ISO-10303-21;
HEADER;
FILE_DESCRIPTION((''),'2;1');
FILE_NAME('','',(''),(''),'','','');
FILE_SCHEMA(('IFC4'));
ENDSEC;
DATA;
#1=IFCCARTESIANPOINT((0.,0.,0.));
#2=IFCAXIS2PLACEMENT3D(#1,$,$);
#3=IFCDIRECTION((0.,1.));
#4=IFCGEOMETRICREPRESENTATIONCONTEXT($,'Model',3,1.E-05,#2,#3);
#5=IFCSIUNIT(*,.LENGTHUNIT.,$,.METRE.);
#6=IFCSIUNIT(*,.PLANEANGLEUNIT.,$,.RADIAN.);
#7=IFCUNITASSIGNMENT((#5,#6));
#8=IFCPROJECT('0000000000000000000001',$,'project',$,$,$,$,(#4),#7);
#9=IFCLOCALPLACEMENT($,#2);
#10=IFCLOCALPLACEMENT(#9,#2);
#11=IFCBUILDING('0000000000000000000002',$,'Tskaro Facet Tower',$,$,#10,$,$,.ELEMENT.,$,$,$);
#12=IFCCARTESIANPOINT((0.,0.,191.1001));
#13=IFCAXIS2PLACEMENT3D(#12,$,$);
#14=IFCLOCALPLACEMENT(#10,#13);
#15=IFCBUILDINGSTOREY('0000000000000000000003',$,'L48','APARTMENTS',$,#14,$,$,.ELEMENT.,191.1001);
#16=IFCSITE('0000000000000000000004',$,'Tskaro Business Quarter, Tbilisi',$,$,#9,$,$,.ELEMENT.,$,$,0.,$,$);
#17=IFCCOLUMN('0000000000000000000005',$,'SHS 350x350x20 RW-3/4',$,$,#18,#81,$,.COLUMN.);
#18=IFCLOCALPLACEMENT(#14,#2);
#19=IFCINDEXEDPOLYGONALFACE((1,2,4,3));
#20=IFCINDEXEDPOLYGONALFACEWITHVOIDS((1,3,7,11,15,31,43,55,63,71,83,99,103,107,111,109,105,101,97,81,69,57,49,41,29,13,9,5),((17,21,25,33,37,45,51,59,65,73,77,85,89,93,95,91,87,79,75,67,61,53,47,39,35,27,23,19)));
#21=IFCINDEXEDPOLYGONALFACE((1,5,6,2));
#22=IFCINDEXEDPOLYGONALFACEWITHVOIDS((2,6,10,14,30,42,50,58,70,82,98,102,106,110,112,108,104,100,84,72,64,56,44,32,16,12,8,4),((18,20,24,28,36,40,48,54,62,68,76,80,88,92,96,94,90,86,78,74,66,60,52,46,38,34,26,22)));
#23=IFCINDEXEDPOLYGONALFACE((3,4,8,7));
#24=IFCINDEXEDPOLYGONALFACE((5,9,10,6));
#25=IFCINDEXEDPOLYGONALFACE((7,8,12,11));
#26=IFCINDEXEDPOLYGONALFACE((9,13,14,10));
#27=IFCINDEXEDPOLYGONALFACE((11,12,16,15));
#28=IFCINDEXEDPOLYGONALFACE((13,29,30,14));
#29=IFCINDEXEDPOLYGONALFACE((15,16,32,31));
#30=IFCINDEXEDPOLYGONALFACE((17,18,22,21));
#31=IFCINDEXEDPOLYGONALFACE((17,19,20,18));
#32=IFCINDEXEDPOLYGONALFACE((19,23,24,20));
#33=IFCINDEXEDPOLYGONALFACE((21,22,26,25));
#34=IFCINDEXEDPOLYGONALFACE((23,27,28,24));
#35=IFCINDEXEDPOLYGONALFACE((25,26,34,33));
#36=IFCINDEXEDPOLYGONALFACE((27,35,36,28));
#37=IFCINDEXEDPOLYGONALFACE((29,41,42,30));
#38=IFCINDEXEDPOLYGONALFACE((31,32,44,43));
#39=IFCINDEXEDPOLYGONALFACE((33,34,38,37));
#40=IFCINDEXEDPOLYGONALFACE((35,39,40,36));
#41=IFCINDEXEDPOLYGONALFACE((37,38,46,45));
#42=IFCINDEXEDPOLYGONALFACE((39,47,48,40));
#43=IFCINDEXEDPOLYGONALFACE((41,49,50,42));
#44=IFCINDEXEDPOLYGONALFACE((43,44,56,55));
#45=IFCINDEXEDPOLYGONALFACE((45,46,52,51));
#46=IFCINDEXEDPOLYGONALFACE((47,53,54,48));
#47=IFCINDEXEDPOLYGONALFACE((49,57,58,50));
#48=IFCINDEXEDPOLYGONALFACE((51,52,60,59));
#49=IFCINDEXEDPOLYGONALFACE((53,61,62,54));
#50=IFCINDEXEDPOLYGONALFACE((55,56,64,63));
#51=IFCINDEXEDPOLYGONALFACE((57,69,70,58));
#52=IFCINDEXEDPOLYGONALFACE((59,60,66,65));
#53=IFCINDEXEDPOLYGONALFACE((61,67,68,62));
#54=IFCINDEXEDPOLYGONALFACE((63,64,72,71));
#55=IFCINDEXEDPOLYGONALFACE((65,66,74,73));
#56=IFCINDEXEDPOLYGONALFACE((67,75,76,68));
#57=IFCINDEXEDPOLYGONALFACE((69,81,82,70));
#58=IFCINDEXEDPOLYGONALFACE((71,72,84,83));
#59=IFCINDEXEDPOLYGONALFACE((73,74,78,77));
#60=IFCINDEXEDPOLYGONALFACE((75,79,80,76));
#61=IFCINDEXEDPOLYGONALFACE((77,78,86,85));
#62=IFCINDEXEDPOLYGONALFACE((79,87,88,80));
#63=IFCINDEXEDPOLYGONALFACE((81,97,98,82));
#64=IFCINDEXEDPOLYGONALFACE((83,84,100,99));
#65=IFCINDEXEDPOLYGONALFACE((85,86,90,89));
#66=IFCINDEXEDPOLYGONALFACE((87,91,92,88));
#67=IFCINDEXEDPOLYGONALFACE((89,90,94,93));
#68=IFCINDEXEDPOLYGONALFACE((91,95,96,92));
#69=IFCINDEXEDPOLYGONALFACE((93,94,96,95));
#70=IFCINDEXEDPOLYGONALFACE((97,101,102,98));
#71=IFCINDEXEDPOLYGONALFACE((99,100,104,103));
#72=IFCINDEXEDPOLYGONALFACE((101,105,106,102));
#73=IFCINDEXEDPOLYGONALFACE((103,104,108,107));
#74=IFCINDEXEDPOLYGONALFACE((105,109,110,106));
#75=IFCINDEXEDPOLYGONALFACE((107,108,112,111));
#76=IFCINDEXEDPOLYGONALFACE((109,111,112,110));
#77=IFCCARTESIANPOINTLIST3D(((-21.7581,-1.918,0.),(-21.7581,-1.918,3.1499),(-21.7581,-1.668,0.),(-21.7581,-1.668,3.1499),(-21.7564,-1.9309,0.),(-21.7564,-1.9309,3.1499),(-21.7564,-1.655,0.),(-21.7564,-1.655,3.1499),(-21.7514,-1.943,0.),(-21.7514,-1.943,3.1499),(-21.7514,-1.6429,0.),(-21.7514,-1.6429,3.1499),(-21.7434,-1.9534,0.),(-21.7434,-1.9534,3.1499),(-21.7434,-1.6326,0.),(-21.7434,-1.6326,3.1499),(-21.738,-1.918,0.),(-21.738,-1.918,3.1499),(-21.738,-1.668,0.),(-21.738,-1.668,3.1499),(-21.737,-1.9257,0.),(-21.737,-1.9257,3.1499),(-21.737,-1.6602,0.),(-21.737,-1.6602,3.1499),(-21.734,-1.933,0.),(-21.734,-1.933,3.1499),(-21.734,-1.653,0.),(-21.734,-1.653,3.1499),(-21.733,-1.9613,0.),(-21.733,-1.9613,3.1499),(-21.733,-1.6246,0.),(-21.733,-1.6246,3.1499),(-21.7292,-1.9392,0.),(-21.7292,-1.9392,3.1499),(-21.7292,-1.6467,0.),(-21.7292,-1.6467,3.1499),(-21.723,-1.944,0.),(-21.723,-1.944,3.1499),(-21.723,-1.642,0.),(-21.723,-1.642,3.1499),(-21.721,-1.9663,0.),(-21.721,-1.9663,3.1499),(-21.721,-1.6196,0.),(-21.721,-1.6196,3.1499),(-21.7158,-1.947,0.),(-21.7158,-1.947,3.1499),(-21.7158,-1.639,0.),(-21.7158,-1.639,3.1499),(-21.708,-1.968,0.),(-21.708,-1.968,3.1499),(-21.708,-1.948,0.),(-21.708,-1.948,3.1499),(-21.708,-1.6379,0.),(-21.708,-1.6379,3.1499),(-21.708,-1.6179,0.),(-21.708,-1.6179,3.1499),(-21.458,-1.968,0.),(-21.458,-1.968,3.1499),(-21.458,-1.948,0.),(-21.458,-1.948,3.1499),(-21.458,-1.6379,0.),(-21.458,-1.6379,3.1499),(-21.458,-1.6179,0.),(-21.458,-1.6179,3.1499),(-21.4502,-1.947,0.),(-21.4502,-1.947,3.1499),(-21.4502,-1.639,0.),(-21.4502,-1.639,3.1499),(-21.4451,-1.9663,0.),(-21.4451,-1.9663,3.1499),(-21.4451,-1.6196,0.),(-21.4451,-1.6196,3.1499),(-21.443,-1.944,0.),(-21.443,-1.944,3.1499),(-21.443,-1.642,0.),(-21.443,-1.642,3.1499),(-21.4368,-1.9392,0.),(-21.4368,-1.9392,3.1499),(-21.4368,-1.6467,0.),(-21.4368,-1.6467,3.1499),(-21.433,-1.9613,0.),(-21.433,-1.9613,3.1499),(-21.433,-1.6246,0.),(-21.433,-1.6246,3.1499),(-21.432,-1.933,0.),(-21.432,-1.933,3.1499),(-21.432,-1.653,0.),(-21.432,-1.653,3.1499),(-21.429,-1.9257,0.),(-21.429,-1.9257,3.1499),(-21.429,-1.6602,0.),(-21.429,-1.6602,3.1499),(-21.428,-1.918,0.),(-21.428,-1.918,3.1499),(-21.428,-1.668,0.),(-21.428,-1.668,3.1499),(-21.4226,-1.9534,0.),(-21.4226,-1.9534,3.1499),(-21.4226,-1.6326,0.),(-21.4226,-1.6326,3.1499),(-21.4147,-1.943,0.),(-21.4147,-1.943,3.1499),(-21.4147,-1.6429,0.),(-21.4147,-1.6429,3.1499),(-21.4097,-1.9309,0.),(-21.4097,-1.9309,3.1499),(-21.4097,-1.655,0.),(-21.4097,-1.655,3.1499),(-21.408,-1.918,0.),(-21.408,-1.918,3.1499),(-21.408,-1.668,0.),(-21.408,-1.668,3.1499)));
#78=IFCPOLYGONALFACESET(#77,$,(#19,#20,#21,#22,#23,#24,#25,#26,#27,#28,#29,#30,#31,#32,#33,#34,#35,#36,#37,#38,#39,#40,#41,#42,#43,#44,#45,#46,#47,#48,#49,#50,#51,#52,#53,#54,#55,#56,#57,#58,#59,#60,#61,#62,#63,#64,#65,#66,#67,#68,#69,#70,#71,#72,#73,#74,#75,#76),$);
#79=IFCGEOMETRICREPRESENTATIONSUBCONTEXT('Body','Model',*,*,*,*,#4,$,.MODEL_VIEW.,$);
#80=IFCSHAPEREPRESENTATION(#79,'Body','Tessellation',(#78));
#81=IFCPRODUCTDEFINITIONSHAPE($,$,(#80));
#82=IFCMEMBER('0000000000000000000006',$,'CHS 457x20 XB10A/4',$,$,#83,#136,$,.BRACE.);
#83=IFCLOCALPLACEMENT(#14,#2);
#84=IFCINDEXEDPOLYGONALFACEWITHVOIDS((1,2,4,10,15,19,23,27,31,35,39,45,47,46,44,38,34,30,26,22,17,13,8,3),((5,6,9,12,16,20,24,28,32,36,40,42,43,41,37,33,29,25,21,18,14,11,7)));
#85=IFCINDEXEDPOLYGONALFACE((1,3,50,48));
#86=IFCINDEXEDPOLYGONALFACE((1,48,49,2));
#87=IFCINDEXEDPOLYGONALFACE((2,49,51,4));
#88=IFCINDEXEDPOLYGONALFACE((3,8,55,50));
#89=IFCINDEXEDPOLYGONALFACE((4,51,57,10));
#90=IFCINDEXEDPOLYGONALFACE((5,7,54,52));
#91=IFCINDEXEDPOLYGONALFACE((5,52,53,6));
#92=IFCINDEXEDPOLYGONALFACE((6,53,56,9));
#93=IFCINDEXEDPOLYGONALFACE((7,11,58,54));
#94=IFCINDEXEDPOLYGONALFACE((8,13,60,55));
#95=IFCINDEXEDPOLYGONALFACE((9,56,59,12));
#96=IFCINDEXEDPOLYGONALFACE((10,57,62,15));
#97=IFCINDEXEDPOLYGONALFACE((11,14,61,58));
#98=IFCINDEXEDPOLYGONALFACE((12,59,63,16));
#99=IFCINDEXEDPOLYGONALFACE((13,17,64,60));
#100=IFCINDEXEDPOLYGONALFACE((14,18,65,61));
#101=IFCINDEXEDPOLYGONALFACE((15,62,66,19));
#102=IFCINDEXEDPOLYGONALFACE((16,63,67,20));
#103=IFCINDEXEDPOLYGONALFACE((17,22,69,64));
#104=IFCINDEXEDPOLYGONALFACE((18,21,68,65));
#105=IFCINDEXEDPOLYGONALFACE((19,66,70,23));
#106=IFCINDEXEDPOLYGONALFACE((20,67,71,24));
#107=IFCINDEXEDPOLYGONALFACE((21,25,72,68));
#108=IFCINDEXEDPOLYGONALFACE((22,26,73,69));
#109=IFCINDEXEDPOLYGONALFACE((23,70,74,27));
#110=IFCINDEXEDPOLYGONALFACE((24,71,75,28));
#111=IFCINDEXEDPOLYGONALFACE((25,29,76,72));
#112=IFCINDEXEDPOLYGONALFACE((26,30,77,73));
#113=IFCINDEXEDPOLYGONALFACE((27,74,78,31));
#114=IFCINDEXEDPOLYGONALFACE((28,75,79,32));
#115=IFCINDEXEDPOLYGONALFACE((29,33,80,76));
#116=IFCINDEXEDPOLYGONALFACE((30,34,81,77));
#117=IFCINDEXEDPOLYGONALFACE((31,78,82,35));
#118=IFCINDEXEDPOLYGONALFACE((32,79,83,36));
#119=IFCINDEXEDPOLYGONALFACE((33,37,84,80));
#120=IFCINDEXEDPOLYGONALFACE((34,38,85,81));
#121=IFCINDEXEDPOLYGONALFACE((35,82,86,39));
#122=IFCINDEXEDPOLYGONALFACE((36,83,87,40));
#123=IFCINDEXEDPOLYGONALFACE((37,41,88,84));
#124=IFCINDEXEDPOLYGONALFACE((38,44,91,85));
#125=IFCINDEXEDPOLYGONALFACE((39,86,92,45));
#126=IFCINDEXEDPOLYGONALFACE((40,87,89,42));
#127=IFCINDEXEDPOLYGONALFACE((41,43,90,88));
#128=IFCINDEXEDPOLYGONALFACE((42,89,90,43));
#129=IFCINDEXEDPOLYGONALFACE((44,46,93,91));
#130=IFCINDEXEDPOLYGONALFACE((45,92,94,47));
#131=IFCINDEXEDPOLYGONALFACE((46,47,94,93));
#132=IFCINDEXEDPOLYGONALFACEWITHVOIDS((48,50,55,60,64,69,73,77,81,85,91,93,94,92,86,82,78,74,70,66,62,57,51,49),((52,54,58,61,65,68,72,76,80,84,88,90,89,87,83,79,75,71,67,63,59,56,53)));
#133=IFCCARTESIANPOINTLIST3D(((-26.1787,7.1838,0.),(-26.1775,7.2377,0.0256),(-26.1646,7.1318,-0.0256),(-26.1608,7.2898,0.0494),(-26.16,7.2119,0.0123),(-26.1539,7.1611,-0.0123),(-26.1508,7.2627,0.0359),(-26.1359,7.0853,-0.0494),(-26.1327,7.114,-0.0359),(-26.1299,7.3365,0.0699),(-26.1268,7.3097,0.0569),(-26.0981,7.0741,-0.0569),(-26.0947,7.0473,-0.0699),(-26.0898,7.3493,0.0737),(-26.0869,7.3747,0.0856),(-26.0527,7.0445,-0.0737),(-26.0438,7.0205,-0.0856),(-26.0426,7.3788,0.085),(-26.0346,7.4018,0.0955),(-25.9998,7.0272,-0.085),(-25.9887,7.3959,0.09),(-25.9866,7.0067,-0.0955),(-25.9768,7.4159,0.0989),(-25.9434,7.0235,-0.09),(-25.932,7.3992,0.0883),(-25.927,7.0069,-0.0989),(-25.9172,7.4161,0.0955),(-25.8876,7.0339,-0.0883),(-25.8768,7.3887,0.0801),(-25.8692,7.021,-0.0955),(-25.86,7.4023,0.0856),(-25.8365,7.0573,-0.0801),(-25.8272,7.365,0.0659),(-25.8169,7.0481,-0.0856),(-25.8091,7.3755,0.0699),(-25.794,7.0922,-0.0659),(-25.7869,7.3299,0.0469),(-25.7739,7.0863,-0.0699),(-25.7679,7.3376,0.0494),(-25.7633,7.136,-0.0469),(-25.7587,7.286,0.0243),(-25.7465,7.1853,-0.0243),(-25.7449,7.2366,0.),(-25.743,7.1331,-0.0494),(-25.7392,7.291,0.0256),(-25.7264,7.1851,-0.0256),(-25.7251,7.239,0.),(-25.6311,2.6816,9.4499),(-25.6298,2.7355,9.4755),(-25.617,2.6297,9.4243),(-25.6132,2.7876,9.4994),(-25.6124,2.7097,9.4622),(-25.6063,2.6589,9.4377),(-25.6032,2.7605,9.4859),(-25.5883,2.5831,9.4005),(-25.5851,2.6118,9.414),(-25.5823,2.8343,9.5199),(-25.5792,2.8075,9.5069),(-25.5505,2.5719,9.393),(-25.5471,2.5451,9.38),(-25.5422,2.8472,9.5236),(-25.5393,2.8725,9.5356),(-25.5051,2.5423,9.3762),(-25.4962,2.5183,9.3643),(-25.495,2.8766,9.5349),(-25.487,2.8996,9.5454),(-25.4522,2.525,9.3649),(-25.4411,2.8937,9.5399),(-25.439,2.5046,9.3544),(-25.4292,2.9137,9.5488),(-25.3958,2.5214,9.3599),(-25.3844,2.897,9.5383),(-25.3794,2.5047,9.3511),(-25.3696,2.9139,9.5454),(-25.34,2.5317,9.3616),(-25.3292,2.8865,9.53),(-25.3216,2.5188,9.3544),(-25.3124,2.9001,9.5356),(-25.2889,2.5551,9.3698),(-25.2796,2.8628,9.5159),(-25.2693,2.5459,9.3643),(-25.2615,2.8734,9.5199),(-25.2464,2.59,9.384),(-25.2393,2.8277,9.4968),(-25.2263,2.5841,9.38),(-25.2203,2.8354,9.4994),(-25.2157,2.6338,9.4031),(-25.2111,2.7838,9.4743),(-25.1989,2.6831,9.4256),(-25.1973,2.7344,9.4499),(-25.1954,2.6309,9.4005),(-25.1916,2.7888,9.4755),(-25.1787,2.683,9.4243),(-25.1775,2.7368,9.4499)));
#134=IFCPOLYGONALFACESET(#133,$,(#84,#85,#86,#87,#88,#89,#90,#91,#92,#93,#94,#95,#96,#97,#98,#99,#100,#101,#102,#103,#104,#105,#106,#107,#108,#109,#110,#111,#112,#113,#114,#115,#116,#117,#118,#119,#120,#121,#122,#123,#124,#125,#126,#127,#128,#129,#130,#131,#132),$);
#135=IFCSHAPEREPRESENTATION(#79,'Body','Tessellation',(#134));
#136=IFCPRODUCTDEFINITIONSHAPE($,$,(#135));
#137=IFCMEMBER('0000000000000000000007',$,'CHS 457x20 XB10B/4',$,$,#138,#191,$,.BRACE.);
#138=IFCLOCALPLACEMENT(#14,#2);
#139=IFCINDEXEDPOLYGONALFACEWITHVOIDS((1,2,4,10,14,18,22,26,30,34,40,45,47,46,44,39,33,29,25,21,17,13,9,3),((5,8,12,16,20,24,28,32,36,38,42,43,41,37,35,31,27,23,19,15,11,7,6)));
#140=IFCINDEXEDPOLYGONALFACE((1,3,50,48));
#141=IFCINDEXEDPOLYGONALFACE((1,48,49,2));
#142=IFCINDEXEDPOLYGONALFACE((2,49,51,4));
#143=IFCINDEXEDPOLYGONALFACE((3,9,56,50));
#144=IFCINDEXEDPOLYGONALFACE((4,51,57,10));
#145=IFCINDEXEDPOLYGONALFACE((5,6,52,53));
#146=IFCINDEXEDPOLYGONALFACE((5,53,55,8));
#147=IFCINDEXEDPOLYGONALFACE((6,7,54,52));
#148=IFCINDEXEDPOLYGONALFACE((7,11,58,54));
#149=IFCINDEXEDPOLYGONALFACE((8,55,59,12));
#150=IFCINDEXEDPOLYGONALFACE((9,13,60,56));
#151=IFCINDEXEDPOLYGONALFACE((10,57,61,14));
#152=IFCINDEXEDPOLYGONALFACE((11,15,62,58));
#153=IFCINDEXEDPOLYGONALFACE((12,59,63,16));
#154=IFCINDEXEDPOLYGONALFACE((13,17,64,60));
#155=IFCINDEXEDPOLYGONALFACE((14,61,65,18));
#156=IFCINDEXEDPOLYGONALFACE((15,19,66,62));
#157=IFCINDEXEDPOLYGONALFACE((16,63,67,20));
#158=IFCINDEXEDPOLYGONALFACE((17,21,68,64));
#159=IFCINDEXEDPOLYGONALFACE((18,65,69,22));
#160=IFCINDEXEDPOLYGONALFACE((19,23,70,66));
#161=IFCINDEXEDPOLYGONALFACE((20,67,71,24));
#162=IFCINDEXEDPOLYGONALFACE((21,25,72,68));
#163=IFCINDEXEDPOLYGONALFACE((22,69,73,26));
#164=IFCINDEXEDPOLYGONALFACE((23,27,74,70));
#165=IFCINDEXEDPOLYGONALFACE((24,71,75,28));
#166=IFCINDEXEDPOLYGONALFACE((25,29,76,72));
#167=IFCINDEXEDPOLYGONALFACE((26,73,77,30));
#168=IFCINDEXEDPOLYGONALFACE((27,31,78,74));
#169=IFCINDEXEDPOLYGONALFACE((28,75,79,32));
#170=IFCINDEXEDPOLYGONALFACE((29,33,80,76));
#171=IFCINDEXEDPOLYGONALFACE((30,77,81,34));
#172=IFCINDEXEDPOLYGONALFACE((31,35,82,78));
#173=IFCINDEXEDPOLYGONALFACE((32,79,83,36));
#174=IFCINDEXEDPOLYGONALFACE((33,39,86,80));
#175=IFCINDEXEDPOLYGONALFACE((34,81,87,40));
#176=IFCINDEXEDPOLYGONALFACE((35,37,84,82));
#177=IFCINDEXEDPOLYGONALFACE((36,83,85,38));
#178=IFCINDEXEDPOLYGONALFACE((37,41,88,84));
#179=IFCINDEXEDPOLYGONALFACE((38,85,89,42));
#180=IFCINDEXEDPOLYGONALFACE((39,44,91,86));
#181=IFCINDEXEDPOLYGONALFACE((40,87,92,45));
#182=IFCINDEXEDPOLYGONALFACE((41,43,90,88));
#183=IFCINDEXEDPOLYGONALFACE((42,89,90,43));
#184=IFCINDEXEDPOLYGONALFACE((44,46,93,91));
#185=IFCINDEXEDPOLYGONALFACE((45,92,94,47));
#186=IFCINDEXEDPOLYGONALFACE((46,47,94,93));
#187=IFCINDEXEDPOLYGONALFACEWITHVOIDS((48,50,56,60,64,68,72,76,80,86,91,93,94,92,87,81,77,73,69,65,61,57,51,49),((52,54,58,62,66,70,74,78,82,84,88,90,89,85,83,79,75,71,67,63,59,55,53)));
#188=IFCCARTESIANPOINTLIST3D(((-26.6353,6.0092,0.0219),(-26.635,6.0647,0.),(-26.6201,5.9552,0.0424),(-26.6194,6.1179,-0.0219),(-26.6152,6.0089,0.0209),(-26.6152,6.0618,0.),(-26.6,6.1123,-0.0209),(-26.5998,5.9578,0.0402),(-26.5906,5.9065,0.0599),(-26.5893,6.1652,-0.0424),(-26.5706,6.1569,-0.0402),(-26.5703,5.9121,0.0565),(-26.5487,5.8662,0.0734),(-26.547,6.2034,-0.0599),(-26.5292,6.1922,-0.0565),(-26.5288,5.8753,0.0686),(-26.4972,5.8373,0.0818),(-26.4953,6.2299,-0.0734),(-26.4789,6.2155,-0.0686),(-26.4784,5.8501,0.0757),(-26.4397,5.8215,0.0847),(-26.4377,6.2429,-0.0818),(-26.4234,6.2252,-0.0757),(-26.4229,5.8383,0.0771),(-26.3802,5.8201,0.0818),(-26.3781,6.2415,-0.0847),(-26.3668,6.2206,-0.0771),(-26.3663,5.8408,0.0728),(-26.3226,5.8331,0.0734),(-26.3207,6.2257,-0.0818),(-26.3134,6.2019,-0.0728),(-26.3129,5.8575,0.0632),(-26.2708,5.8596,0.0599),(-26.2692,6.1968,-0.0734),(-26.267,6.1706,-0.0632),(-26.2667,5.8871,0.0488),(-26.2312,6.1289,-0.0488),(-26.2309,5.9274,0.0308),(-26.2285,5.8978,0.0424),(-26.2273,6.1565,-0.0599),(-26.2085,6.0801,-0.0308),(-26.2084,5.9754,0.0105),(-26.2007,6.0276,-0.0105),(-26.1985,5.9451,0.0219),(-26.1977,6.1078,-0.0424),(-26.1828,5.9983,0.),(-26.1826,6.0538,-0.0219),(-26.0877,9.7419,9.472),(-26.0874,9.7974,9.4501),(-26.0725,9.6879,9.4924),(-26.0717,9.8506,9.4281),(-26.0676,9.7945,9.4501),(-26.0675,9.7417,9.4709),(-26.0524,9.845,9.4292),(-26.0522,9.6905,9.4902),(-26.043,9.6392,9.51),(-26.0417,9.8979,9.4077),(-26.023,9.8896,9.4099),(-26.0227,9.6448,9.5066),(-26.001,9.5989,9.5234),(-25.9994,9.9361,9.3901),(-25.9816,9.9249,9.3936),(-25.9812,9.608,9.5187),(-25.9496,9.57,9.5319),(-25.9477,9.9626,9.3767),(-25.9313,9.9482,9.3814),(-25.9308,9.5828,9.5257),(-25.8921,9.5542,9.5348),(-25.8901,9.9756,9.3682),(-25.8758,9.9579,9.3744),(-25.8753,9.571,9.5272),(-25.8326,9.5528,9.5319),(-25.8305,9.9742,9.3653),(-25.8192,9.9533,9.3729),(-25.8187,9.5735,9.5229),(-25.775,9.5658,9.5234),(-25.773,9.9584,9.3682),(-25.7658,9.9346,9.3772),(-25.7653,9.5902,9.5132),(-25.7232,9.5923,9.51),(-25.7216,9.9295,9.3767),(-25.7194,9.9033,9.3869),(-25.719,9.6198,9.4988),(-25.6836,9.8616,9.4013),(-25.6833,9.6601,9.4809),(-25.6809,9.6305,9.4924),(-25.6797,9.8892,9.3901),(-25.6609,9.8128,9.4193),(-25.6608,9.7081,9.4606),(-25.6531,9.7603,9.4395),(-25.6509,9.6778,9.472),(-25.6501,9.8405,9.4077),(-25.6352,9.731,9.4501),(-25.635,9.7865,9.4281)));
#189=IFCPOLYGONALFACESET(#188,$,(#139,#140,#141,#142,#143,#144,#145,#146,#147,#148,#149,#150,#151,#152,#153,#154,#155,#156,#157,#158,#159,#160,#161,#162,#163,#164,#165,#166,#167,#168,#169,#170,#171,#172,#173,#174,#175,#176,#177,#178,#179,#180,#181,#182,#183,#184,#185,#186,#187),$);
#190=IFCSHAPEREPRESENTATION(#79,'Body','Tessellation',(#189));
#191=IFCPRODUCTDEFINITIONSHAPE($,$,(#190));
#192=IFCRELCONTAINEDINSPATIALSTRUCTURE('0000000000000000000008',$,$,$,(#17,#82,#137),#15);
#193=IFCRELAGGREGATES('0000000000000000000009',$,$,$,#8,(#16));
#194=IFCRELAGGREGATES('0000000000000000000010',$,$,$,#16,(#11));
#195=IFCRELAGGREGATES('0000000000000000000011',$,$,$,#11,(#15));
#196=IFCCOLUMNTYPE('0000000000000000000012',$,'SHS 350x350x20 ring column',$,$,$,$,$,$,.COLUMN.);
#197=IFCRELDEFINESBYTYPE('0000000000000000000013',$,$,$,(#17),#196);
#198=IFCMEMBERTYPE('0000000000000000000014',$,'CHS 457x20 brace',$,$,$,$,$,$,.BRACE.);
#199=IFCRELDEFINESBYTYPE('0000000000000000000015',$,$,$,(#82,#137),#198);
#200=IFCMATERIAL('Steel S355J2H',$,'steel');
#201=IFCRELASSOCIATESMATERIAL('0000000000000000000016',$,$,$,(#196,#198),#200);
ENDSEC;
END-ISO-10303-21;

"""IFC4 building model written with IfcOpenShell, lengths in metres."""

from ifc_helpers import new_model, si_unit, direction, frame, origin, origin_2d, place, context, subcontext, project, spatial, hollow_rectangle, hollow_circle, extrude, material, material_profile, profile_set, type_object, element, save


model = new_model("IFC4")

# Units and contexts
model_context = context("Model", 3, precision=1e-05, world=origin(), true_north=direction((0.0, 1.0)))
body_context = subcontext(model_context, "Body", "Model", "MODEL_VIEW")
ifc_project = project(units=[si_unit("LENGTHUNIT", "METRE"), si_unit("PLANEANGLEUNIT", "RADIAN")], contexts=[model_context])

# Site, building, storey
site_placement = place(None, origin())
site = spatial("IfcSite", under=ifc_project, at=site_placement, Name="Tskaro Business Quarter, Tbilisi", CompositionType="ELEMENT", RefElevation=0.0)
building_placement = place(site_placement, origin())
building = spatial("IfcBuilding", under=site, at=building_placement, Name="Tskaro Facet Tower", CompositionType="ELEMENT")
storey_placement = place(building_placement, frame((0.0, 0.0, 191.1001)))
storey = spatial("IfcBuildingStorey", under=building, at=storey_placement, Name="L48", Description="APARTMENTS", CompositionType="ELEMENT", Elevation=191.1001)

# Column
ifc_material_1 = material(Name="Steel S355J2H", Category="steel")
ifc_material_profile_1 = material_profile(ifc_material_1, hollow_rectangle(XDim=0.3501, YDim=0.3501, WallThickness=0.02, InnerFilletRadius=0.03, OuterFilletRadius=0.05, at=origin_2d()), Name="SHS 350x350x20")
ifc_profile_set_1 = profile_set([ifc_material_profile_1], Name="Steel S355J2H")
column_type_1 = type_object("IfcColumnType", Name="SHS 350x350x20 ring column", PredefinedType="COLUMN", material=ifc_profile_set_1)
for number, where, z_axis, x_axis, name in (
    (1, (-21.583, -1.793, 0.0), (0.0, 0.0, 1.0), (1.0, 0.0, 0.0), "SHS 350x350x20 RW-3/4"),
):
    element("IfcColumn", number, at=place(storey_placement, frame(where, z_axis=z_axis, x_axis=x_axis)), inside=storey, type_object=column_type_1, Name=name, PredefinedType="COLUMN", context=body_context, shape_type="SweptSolid", body=[
        extrude(hollow_rectangle(XDim=0.3501, YDim=0.3501, WallThickness=0.02, InnerFilletRadius=0.03, OuterFilletRadius=0.05, at=origin_2d()), origin(), (0.0, 0.0, 1.0), 3.1499),
    ])

# Members
ifc_material_profile_2 = material_profile(ifc_material_1, hollow_circle(Radius=0.2285, WallThickness=0.02, at=origin_2d()), Name="CHS 457x20")
ifc_profile_set_2 = profile_set([ifc_material_profile_2], Name="Steel S355J2H")
member_type_1 = type_object("IfcMemberType", Name="CHS 457x20 brace", PredefinedType="BRACE", material=ifc_profile_set_2)
member_1_placement = place(storey_placement, frame((-25.9519, 7.2114, 0.0), z_axis=(0.052243, -0.429519, 0.901545), x_axis=(0.992684, 0.120741, 0.0)))
element("IfcMember", 2, at=member_1_placement, inside=storey, type_object=member_type_1, Name="CHS 457x20 XB10A/4", PredefinedType="BRACE", context=body_context, shape_type="SweptSolid", body=[
    extrude(hollow_circle(Radius=0.2285, WallThickness=0.02, at=origin_2d()), origin(), (0.0, 0.0, 1.0), 10.4819),
])
member_2_placement = place(storey_placement, frame((-26.4089, 6.0315, 0.0), z_axis=(0.053818, 0.36684, 0.928726), x_axis=(-0.989409, 0.145153, 0.0)))
element("IfcMember", 3, at=member_2_placement, inside=storey, type_object=member_type_1, Name="CHS 457x20 XB10B/4", PredefinedType="BRACE", context=body_context, shape_type="SweptSolid", body=[
    extrude(hollow_circle(Radius=0.2285, WallThickness=0.02, at=origin_2d()), origin(), (0.0, 0.0, 1.0), 10.1753),
])

save(model, "model.ifc")
